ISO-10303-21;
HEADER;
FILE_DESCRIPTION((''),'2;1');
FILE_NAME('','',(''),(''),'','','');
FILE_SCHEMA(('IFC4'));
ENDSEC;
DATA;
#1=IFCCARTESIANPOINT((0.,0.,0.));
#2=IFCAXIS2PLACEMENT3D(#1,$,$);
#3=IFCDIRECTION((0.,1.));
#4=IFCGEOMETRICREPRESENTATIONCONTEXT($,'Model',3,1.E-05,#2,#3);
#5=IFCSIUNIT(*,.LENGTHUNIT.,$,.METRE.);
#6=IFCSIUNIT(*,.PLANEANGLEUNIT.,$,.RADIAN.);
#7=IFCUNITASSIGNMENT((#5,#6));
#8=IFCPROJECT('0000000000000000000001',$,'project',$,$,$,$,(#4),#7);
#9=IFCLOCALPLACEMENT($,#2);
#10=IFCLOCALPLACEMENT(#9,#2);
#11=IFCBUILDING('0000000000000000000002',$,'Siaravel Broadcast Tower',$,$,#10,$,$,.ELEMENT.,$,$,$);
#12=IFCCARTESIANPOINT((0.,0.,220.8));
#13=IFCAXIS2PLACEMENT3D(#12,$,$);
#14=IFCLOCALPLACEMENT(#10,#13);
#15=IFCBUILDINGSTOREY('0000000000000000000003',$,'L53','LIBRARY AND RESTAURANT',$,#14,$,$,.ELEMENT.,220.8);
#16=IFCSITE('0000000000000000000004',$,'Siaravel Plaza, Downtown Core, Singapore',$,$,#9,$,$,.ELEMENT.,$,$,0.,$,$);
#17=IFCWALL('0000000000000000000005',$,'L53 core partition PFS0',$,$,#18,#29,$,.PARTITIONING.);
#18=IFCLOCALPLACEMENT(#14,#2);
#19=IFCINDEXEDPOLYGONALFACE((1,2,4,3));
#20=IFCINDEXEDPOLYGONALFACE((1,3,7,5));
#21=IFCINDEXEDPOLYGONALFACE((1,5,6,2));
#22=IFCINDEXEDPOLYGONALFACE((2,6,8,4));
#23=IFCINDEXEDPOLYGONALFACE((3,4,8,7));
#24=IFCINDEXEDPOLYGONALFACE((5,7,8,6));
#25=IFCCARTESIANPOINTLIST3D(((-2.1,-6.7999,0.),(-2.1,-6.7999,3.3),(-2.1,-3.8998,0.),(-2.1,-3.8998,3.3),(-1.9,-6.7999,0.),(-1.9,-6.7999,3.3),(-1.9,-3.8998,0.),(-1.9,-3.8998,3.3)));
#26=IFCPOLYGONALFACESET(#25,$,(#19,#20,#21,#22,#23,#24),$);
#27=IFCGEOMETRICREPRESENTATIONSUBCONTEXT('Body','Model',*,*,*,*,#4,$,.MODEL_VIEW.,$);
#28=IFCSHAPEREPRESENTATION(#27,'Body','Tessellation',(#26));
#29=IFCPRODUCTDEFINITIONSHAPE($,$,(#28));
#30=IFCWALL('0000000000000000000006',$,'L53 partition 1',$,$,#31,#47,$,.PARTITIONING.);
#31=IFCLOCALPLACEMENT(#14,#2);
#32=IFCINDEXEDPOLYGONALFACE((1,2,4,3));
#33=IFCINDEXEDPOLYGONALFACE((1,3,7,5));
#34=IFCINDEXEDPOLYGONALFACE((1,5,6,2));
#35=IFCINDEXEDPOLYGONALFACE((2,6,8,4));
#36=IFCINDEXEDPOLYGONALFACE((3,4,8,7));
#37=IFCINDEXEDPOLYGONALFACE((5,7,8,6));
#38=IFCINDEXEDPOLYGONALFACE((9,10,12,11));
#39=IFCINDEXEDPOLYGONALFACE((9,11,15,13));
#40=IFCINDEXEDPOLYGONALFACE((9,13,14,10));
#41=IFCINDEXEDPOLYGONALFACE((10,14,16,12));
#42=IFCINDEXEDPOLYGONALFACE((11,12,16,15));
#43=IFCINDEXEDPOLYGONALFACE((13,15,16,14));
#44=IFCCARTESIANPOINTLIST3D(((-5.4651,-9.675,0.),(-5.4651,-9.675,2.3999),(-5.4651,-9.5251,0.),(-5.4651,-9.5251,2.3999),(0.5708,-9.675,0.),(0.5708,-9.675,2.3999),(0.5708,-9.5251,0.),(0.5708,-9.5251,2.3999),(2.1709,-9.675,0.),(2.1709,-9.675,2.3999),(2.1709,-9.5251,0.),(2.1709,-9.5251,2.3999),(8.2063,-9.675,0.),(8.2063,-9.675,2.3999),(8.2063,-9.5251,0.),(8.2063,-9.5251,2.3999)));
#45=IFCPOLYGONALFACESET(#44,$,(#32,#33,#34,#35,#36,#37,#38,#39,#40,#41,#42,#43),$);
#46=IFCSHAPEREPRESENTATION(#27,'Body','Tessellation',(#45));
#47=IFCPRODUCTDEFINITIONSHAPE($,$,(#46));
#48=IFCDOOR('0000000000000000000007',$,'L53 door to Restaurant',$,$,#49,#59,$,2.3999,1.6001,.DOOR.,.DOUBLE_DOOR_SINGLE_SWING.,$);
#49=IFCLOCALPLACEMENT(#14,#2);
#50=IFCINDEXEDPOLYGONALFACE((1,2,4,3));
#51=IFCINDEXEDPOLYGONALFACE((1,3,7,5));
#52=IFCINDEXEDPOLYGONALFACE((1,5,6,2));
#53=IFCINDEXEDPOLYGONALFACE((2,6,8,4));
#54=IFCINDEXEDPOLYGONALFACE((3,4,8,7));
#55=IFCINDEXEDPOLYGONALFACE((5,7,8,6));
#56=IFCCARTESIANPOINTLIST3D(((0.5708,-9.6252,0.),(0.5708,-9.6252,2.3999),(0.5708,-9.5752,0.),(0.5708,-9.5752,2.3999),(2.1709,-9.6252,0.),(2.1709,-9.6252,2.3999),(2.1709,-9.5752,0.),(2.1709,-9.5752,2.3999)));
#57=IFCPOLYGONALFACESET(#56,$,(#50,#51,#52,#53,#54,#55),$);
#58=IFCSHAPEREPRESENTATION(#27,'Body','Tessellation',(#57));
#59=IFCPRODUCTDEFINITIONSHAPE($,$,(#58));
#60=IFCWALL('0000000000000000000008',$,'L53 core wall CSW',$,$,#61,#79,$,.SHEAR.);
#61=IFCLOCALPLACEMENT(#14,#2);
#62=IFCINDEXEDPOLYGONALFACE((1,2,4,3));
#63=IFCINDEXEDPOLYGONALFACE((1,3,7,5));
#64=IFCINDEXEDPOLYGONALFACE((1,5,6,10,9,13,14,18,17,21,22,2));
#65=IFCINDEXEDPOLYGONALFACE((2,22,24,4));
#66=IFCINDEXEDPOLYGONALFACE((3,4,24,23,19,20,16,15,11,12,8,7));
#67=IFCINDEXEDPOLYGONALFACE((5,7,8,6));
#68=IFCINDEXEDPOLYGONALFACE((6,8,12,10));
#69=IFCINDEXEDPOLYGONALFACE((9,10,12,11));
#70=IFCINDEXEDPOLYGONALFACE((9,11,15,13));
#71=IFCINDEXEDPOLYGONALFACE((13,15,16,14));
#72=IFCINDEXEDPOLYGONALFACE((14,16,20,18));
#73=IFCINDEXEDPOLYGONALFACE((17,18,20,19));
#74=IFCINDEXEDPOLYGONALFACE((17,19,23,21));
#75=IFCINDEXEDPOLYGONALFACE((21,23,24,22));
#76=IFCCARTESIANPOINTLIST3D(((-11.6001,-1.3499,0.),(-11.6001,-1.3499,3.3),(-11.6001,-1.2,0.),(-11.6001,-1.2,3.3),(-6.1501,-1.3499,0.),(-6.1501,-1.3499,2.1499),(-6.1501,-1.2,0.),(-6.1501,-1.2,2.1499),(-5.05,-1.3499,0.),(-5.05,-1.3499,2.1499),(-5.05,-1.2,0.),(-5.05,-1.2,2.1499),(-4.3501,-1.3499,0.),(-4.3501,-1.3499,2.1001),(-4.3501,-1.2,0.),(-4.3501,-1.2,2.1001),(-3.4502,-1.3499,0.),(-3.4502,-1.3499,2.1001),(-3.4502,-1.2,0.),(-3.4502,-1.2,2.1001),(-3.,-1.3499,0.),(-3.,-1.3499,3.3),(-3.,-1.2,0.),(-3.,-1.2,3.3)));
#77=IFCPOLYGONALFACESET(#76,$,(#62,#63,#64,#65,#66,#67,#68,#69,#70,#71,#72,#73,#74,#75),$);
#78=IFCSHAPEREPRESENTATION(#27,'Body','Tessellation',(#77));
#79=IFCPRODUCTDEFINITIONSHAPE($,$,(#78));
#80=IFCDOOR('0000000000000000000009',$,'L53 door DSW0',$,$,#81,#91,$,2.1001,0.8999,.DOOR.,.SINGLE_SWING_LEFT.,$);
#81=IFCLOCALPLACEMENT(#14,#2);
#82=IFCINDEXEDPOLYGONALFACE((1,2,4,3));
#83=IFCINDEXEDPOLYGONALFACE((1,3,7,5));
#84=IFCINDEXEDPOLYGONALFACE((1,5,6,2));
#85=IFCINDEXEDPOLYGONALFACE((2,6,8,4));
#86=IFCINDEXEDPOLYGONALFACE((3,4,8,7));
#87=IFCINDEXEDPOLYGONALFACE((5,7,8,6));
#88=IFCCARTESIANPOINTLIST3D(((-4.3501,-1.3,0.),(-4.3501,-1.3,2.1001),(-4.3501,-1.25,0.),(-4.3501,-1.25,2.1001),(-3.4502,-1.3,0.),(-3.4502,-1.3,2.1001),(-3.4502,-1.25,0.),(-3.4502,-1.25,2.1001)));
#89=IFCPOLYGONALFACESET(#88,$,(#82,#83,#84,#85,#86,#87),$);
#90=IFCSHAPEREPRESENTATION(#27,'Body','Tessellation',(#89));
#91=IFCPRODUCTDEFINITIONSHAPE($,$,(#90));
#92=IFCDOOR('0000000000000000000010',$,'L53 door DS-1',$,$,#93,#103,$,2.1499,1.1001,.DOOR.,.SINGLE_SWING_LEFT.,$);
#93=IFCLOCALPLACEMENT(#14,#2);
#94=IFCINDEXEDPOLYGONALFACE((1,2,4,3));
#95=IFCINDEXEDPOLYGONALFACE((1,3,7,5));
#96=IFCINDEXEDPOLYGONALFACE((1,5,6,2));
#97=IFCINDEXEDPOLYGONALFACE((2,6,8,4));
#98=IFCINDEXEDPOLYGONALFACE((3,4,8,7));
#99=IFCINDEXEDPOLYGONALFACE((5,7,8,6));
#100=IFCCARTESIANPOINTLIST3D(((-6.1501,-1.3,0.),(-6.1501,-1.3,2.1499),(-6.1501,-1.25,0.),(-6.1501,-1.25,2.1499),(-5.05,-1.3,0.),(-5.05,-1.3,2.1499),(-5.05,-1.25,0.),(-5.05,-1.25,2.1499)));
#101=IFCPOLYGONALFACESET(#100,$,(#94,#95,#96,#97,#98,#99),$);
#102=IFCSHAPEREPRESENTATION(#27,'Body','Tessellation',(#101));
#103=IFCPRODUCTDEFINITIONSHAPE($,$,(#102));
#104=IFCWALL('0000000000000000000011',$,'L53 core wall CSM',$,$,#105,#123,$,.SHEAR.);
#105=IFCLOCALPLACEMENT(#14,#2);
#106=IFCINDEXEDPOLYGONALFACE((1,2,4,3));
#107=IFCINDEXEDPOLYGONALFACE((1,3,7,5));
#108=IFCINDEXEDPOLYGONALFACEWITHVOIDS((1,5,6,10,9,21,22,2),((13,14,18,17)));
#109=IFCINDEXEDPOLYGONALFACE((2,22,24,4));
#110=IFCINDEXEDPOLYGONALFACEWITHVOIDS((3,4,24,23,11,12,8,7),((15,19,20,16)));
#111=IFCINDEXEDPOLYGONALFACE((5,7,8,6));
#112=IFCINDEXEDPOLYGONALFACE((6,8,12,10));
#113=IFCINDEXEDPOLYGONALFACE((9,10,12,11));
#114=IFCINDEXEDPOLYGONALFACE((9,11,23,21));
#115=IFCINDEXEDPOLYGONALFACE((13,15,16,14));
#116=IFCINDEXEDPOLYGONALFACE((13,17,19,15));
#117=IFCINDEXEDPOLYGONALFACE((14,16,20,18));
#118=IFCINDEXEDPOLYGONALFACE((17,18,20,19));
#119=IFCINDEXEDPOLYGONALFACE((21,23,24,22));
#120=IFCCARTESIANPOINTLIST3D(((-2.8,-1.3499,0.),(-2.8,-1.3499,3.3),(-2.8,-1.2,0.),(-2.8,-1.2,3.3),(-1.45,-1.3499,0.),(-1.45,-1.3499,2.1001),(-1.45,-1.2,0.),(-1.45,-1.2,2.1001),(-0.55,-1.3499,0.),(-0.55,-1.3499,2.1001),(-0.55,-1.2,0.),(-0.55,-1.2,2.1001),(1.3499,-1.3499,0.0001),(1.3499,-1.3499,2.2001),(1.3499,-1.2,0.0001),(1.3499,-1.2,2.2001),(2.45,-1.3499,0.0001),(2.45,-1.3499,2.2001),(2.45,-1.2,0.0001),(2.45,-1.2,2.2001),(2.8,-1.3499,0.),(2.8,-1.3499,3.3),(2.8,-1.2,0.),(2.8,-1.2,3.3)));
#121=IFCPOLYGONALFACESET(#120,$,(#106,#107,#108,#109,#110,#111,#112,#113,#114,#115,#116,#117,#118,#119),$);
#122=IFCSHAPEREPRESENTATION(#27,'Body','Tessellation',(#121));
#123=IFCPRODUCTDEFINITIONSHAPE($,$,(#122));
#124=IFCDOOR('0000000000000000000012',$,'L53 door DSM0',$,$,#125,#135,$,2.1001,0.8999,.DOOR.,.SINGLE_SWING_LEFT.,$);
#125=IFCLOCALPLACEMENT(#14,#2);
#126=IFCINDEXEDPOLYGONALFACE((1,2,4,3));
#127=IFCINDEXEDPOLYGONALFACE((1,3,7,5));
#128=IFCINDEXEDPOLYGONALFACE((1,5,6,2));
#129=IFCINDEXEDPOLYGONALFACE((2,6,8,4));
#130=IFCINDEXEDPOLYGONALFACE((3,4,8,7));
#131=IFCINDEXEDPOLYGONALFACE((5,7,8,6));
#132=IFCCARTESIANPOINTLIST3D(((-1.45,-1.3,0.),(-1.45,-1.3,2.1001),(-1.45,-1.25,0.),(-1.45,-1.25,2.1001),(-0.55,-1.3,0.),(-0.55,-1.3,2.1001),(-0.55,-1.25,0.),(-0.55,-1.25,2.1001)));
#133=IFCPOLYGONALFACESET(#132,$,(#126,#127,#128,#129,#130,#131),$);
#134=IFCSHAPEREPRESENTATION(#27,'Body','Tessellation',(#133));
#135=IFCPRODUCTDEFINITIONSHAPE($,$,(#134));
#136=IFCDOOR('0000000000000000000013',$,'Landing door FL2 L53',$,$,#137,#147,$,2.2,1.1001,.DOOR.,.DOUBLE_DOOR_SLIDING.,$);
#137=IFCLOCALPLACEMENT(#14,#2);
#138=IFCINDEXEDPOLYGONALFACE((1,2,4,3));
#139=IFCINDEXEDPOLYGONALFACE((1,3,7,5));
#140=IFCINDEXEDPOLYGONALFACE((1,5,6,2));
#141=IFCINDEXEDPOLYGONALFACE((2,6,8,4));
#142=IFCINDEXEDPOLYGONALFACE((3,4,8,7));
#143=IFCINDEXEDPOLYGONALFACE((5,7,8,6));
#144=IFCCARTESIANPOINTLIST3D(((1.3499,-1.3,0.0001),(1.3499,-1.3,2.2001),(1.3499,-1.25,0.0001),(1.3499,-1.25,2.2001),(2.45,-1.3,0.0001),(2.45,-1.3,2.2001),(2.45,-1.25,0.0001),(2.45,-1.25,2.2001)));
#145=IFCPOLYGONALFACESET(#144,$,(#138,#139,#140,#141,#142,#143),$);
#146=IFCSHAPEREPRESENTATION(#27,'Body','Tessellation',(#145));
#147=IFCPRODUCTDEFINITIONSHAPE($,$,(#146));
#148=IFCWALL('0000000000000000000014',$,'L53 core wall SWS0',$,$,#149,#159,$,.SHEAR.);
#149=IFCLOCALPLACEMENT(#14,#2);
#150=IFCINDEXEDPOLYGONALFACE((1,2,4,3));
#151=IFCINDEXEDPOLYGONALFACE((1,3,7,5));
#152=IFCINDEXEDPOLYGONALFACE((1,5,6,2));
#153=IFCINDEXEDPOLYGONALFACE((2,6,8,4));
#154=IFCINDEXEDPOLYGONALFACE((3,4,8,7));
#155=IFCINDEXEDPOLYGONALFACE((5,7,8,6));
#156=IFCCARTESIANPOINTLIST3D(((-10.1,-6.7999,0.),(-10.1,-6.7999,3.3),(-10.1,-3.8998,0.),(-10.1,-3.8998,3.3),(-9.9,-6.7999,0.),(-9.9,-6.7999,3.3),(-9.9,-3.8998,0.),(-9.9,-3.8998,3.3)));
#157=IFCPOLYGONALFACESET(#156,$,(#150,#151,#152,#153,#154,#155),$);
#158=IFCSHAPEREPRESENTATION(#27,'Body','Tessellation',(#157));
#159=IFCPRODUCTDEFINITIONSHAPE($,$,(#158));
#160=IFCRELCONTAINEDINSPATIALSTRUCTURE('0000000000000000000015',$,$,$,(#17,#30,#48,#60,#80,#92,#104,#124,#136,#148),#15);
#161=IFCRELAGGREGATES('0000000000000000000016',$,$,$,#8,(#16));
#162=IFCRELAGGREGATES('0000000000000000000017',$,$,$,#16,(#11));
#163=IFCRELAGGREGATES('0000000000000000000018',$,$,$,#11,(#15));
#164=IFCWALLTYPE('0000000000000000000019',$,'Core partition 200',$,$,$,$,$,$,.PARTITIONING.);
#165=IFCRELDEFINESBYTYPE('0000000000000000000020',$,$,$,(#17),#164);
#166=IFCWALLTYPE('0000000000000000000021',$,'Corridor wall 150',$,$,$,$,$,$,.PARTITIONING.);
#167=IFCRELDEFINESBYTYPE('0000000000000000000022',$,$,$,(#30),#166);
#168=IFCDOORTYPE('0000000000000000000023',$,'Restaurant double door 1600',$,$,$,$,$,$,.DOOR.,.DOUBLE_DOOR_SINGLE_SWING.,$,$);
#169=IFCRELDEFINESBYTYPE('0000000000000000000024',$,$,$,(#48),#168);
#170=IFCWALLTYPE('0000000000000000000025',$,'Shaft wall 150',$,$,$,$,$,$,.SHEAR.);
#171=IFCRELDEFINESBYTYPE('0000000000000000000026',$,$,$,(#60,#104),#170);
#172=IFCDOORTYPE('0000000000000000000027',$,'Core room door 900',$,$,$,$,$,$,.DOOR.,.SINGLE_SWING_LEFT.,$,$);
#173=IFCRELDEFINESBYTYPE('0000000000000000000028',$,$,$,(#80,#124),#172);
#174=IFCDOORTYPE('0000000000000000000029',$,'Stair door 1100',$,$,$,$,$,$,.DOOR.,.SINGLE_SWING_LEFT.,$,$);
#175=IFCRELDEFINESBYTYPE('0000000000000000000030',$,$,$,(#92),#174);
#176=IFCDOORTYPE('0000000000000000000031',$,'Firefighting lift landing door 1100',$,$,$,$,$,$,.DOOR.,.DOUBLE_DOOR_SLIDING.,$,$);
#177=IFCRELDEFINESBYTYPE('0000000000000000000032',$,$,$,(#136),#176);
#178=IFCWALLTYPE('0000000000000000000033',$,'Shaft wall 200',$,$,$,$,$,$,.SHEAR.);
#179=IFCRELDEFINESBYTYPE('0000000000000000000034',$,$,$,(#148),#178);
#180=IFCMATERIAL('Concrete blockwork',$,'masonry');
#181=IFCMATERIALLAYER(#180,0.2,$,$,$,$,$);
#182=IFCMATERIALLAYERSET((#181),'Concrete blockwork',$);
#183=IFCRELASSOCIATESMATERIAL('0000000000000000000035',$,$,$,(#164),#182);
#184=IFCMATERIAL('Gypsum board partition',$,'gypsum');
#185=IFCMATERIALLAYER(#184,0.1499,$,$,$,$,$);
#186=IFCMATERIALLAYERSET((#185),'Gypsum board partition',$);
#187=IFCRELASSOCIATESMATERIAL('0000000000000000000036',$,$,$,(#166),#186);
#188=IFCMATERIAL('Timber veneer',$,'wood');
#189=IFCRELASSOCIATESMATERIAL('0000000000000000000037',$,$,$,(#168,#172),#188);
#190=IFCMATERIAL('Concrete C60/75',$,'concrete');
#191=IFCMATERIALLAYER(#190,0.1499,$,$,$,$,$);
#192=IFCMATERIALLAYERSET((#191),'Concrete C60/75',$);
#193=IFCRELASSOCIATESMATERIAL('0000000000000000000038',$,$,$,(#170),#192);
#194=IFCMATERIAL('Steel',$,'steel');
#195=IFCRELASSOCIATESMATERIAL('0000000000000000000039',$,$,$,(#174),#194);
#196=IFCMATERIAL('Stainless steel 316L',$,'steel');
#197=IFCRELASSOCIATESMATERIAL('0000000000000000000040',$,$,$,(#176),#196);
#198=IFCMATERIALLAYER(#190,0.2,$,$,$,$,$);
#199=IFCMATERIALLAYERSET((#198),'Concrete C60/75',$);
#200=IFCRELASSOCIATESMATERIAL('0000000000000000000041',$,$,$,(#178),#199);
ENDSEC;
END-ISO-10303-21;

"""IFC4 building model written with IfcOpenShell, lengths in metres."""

from ifc_helpers import new_model, si_unit, direction, frame, frame_2d, origin, place, context, subcontext, project, spatial, rectangle, extrude, material, layer, layer_set, type_object, element, fill, save


model = new_model("IFC4")

# Units and contexts
model_context = context("Model", 3, precision=1e-05, world=origin(), true_north=direction((0.0, 1.0)))
body_context = subcontext(model_context, "Body", "Model", "MODEL_VIEW")
ifc_project = project(units=[si_unit("LENGTHUNIT", "METRE"), si_unit("PLANEANGLEUNIT", "RADIAN")], contexts=[model_context])

# Site, building, storey
site_placement = place(None, origin())
site = spatial("IfcSite", under=ifc_project, at=site_placement, Name="Siaravel Plaza, Downtown Core, Singapore", CompositionType="ELEMENT", RefElevation=0.0)
building_placement = place(site_placement, origin())
building = spatial("IfcBuilding", under=site, at=building_placement, Name="Siaravel Broadcast Tower", CompositionType="ELEMENT")
storey_placement = place(building_placement, frame((0.0, 0.0, 220.8)))
storey = spatial("IfcBuildingStorey", under=building, at=storey_placement, Name="L53", Description="LIBRARY AND RESTAURANT", CompositionType="ELEMENT", Elevation=220.8)

# Wall
ifc_material_1 = material(Name="Concrete blockwork", Category="masonry")
ifc_layer_1 = layer(ifc_material_1, 0.2)
ifc_layer_set_1 = layer_set([ifc_layer_1], Name="Concrete blockwork")
wall_type_1 = type_object("IfcWallType", Name="Core partition 200", PredefinedType="PARTITIONING", material=ifc_layer_set_1)
wall_1_placement = place(storey_placement, frame((-2.0, -6.8, 0.0), z_axis=(0.0, 0.0, 1.0), x_axis=(0.0, 1.0, 0.0)))
element("IfcWall", 1, at=wall_1_placement, inside=storey, type_object=wall_type_1, Name="L53 core partition PFS0", PredefinedType="PARTITIONING", context=body_context, shape_type="SweptSolid", body=[
    extrude(rectangle(XDim=2.9001, YDim=0.2, at=frame_2d((1.4502, 0.0))), origin(), (0.0, 0.0, 1.0), 3.3),
])

# Wall, opening, door
ifc_material_2 = material(Name="Gypsum board partition", Category="gypsum")
ifc_layer_2 = layer(ifc_material_2, 0.1499)
ifc_layer_set_2 = layer_set([ifc_layer_2], Name="Gypsum board partition")
wall_type_2 = type_object("IfcWallType", Name="Corridor wall 150", PredefinedType="PARTITIONING", material=ifc_layer_set_2)
wall_2_placement = place(storey_placement, frame((-5.4651, -9.6001, 0.0), z_axis=(0.0, 0.0, 1.0), x_axis=(1.0, 0.0, 0.0)))
wall_2 = element("IfcWall", 2, at=wall_2_placement, inside=storey, type_object=wall_type_2, Name="L53 partition 1", PredefinedType="PARTITIONING", context=body_context, shape_type="SweptSolid", body=[
    extrude(rectangle(XDim=13.6714, YDim=0.1499, at=frame_2d((6.8357, 0.0))), origin(), (0.0, 0.0, 1.0), 2.3999),
])
opening_1_placement = place(wall_2_placement, frame((6.0359, 0.0, 0.0)))
opening_1 = element("IfcOpeningElement", 3, at=opening_1_placement, cuts=wall_2, PredefinedType="OPENING", context=body_context, shape_type="SweptSolid", body=[
    extrude(rectangle(XDim=1.6001, YDim=2.3999, at=frame_2d((0.8, 1.2))), frame((0.0, 0.085, 0.0), z_axis=(0.0, -1.0, 0.0), x_axis=(1.0, 0.0, 0.0)), (0.0, 0.0, 1.0), 0.1699),
])
ifc_material_3 = material(Name="Timber veneer", Category="wood")
door_type_1 = type_object("IfcDoorType", Name="Restaurant double door 1600", OperationType="DOUBLE_DOOR_SINGLE_SWING", PredefinedType="DOOR", material=ifc_material_3)
door_1_placement = place(opening_1_placement, origin())
door_1 = element("IfcDoor", 4, at=door_1_placement, inside=storey, type_object=door_type_1, Name="L53 door to Restaurant", OperationType="DOUBLE_DOOR_SINGLE_SWING", OverallHeight=2.3999, OverallWidth=1.6001, PredefinedType="DOOR", context=body_context, shape_type="SweptSolid", body=[
    extrude(rectangle(XDim=1.6001, YDim=2.3999, at=frame_2d((0.8, 1.2))), frame((0.0, 0.0249, 0.0), z_axis=(0.0, -1.0, 0.0), x_axis=(1.0, 0.0, 0.0)), (0.0, 0.0, 1.0), 0.05),
])
fill(opening_1, door_1)

# Walls, openings, doors
ifc_material_4 = material(Name="Concrete C60/75", Category="concrete")
ifc_layer_3 = layer(ifc_material_4, 0.1499)
ifc_layer_set_3 = layer_set([ifc_layer_3], Name="Concrete C60/75")
wall_type_3 = type_object("IfcWallType", Name="Shaft wall 150", PredefinedType="SHEAR", material=ifc_layer_set_3)
wall_3_placement = place(storey_placement, frame((-11.6001, -1.2749, 0.0), z_axis=(0.0, 0.0, 1.0), x_axis=(1.0, 0.0, 0.0)))
wall_3 = element("IfcWall", 5, at=wall_3_placement, inside=storey, type_object=wall_type_3, Name="L53 core wall CSW", PredefinedType="SHEAR", context=body_context, shape_type="SweptSolid", body=[
    extrude(rectangle(XDim=8.6001, YDim=0.1499, at=frame_2d((4.3, 0.0))), origin(), (0.0, 0.0, 1.0), 3.3),
])
opening_2_placement = place(wall_3_placement, frame((5.45, 0.0, 0.0)))
opening_2 = element("IfcOpeningElement", 6, at=opening_2_placement, cuts=wall_3, PredefinedType="OPENING", context=body_context, shape_type="SweptSolid", body=[
    extrude(rectangle(XDim=1.1001, YDim=2.1499, at=frame_2d((0.55, 1.075))), frame((0.0, 0.085, 0.0), z_axis=(0.0, -1.0, 0.0), x_axis=(1.0, 0.0, 0.0)), (0.0, 0.0, 1.0), 0.1699),
])
opening_3_placement = place(wall_3_placement, frame((7.25, 0.0, 0.0)))
opening_3 = element("IfcOpeningElement", 7, at=opening_3_placement, cuts=wall_3, PredefinedType="OPENING", context=body_context, shape_type="SweptSolid", body=[
    extrude(rectangle(XDim=0.8999, YDim=2.1001, at=frame_2d((0.45, 1.05))), frame((0.0, 0.085, 0.0), z_axis=(0.0, -1.0, 0.0), x_axis=(1.0, 0.0, 0.0)), (0.0, 0.0, 1.0), 0.1699),
])
door_type_2 = type_object("IfcDoorType", Name="Core room door 900", OperationType="SINGLE_SWING_LEFT", PredefinedType="DOOR", material=ifc_material_3)
door_2_placement = place(opening_3_placement, origin())
door_2 = element("IfcDoor", 8, at=door_2_placement, inside=storey, type_object=door_type_2, Name="L53 door DSW0", OperationType="SINGLE_SWING_LEFT", OverallHeight=2.1001, OverallWidth=0.8999, PredefinedType="DOOR", context=body_context, shape_type="SweptSolid", body=[
    extrude(rectangle(XDim=0.8999, YDim=2.1001, at=frame_2d((0.45, 1.05))), frame((0.0, 0.0249, 0.0), z_axis=(0.0, -1.0, 0.0), x_axis=(1.0, 0.0, 0.0)), (0.0, 0.0, 1.0), 0.05),
])
fill(opening_3, door_2)
ifc_material_5 = material(Name="Steel", Category="steel")
door_type_3 = type_object("IfcDoorType", Name="Stair door 1100", OperationType="SINGLE_SWING_LEFT", PredefinedType="DOOR", material=ifc_material_5)
door_3_placement = place(opening_2_placement, origin())
door_3 = element("IfcDoor", 9, at=door_3_placement, inside=storey, type_object=door_type_3, Name="L53 door DS-1", OperationType="SINGLE_SWING_LEFT", OverallHeight=2.1499, OverallWidth=1.1001, PredefinedType="DOOR", context=body_context, shape_type="SweptSolid", body=[
    extrude(rectangle(XDim=1.1001, YDim=2.1499, at=frame_2d((0.55, 1.075))), frame((0.0, 0.0249, 0.0), z_axis=(0.0, -1.0, 0.0), x_axis=(1.0, 0.0, 0.0)), (0.0, 0.0, 1.0), 0.05),
])
fill(opening_2, door_3)
wall_4_placement = place(storey_placement, frame((-2.8, -1.2749, 0.0), z_axis=(0.0, 0.0, 1.0), x_axis=(1.0, 0.0, 0.0)))
wall_4 = element("IfcWall", 10, at=wall_4_placement, inside=storey, type_object=wall_type_3, Name="L53 core wall CSM", PredefinedType="SHEAR", context=body_context, shape_type="SweptSolid", body=[
    extrude(rectangle(XDim=5.6001, YDim=0.1499, at=frame_2d((2.8, 0.0))), origin(), (0.0, 0.0, 1.0), 3.3),
])
opening_4_placement = place(wall_4_placement, frame((4.1499, 0.0, 0.0)))
opening_4 = element("IfcOpeningElement", 11, at=opening_4_placement, cuts=wall_4, PredefinedType="OPENING", context=body_context, shape_type="SweptSolid", body=[
    extrude(rectangle(XDim=1.1001, YDim=2.2, at=frame_2d((0.55, 1.1001))), frame((0.0, 0.085, 0.0), z_axis=(0.0, -1.0, 0.0), x_axis=(1.0, 0.0, 0.0)), (0.0, 0.0, 1.0), 0.1699),
])
opening_5_placement = place(wall_4_placement, frame((1.3501, 0.0, 0.0)))
opening_5 = element("IfcOpeningElement", 12, at=opening_5_placement, cuts=wall_4, PredefinedType="OPENING", context=body_context, shape_type="SweptSolid", body=[
    extrude(rectangle(XDim=0.8999, YDim=2.1001, at=frame_2d((0.45, 1.05))), frame((0.0, 0.085, 0.0), z_axis=(0.0, -1.0, 0.0), x_axis=(1.0, 0.0, 0.0)), (0.0, 0.0, 1.0), 0.1699),
])
door_4_placement = place(opening_5_placement, origin())
door_4 = element("IfcDoor", 13, at=door_4_placement, inside=storey, type_object=door_type_2, Name="L53 door DSM0", OperationType="SINGLE_SWING_LEFT", OverallHeight=2.1001, OverallWidth=0.8999, PredefinedType="DOOR", context=body_context, shape_type="SweptSolid", body=[
    extrude(rectangle(XDim=0.8999, YDim=2.1001, at=frame_2d((0.45, 1.05))), frame((0.0, 0.0249, 0.0), z_axis=(0.0, -1.0, 0.0), x_axis=(1.0, 0.0, 0.0)), (0.0, 0.0, 1.0), 0.05),
])
fill(opening_5, door_4)
ifc_material_6 = material(Name="Stainless steel 316L", Category="steel")
door_type_4 = type_object("IfcDoorType", Name="Firefighting lift landing door 1100", OperationType="DOUBLE_DOOR_SLIDING", PredefinedType="DOOR", material=ifc_material_6)
door_5_placement = place(opening_4_placement, origin())
door_5 = element("IfcDoor", 14, at=door_5_placement, inside=storey, type_object=door_type_4, Name="Landing door FL2 L53", OperationType="DOUBLE_DOOR_SLIDING", OverallHeight=2.2, OverallWidth=1.1001, PredefinedType="DOOR", context=body_context, shape_type="SweptSolid", body=[
    extrude(rectangle(XDim=1.1001, YDim=2.2, at=frame_2d((0.55, 1.1001))), frame((0.0, 0.0249, 0.0), z_axis=(0.0, -1.0, 0.0), x_axis=(1.0, 0.0, 0.0)), (0.0, 0.0, 1.0), 0.05),
])
fill(opening_4, door_5)

# Wall
ifc_layer_4 = layer(ifc_material_4, 0.2)
ifc_layer_set_4 = layer_set([ifc_layer_4], Name="Concrete C60/75")
wall_type_4 = type_object("IfcWallType", Name="Shaft wall 200", PredefinedType="SHEAR", material=ifc_layer_set_4)
wall_5_placement = place(storey_placement, frame((-10.0, -6.8, 0.0), z_axis=(0.0, 0.0, 1.0), x_axis=(0.0, 1.0, 0.0)))
element("IfcWall", 15, at=wall_5_placement, inside=storey, type_object=wall_type_4, Name="L53 core wall SWS0", PredefinedType="SHEAR", context=body_context, shape_type="SweptSolid", body=[
    extrude(rectangle(XDim=2.9001, YDim=0.2, at=frame_2d((1.4502, 0.0))), origin(), (0.0, 0.0, 1.0), 3.3),
])

save(model, "model.ifc")
